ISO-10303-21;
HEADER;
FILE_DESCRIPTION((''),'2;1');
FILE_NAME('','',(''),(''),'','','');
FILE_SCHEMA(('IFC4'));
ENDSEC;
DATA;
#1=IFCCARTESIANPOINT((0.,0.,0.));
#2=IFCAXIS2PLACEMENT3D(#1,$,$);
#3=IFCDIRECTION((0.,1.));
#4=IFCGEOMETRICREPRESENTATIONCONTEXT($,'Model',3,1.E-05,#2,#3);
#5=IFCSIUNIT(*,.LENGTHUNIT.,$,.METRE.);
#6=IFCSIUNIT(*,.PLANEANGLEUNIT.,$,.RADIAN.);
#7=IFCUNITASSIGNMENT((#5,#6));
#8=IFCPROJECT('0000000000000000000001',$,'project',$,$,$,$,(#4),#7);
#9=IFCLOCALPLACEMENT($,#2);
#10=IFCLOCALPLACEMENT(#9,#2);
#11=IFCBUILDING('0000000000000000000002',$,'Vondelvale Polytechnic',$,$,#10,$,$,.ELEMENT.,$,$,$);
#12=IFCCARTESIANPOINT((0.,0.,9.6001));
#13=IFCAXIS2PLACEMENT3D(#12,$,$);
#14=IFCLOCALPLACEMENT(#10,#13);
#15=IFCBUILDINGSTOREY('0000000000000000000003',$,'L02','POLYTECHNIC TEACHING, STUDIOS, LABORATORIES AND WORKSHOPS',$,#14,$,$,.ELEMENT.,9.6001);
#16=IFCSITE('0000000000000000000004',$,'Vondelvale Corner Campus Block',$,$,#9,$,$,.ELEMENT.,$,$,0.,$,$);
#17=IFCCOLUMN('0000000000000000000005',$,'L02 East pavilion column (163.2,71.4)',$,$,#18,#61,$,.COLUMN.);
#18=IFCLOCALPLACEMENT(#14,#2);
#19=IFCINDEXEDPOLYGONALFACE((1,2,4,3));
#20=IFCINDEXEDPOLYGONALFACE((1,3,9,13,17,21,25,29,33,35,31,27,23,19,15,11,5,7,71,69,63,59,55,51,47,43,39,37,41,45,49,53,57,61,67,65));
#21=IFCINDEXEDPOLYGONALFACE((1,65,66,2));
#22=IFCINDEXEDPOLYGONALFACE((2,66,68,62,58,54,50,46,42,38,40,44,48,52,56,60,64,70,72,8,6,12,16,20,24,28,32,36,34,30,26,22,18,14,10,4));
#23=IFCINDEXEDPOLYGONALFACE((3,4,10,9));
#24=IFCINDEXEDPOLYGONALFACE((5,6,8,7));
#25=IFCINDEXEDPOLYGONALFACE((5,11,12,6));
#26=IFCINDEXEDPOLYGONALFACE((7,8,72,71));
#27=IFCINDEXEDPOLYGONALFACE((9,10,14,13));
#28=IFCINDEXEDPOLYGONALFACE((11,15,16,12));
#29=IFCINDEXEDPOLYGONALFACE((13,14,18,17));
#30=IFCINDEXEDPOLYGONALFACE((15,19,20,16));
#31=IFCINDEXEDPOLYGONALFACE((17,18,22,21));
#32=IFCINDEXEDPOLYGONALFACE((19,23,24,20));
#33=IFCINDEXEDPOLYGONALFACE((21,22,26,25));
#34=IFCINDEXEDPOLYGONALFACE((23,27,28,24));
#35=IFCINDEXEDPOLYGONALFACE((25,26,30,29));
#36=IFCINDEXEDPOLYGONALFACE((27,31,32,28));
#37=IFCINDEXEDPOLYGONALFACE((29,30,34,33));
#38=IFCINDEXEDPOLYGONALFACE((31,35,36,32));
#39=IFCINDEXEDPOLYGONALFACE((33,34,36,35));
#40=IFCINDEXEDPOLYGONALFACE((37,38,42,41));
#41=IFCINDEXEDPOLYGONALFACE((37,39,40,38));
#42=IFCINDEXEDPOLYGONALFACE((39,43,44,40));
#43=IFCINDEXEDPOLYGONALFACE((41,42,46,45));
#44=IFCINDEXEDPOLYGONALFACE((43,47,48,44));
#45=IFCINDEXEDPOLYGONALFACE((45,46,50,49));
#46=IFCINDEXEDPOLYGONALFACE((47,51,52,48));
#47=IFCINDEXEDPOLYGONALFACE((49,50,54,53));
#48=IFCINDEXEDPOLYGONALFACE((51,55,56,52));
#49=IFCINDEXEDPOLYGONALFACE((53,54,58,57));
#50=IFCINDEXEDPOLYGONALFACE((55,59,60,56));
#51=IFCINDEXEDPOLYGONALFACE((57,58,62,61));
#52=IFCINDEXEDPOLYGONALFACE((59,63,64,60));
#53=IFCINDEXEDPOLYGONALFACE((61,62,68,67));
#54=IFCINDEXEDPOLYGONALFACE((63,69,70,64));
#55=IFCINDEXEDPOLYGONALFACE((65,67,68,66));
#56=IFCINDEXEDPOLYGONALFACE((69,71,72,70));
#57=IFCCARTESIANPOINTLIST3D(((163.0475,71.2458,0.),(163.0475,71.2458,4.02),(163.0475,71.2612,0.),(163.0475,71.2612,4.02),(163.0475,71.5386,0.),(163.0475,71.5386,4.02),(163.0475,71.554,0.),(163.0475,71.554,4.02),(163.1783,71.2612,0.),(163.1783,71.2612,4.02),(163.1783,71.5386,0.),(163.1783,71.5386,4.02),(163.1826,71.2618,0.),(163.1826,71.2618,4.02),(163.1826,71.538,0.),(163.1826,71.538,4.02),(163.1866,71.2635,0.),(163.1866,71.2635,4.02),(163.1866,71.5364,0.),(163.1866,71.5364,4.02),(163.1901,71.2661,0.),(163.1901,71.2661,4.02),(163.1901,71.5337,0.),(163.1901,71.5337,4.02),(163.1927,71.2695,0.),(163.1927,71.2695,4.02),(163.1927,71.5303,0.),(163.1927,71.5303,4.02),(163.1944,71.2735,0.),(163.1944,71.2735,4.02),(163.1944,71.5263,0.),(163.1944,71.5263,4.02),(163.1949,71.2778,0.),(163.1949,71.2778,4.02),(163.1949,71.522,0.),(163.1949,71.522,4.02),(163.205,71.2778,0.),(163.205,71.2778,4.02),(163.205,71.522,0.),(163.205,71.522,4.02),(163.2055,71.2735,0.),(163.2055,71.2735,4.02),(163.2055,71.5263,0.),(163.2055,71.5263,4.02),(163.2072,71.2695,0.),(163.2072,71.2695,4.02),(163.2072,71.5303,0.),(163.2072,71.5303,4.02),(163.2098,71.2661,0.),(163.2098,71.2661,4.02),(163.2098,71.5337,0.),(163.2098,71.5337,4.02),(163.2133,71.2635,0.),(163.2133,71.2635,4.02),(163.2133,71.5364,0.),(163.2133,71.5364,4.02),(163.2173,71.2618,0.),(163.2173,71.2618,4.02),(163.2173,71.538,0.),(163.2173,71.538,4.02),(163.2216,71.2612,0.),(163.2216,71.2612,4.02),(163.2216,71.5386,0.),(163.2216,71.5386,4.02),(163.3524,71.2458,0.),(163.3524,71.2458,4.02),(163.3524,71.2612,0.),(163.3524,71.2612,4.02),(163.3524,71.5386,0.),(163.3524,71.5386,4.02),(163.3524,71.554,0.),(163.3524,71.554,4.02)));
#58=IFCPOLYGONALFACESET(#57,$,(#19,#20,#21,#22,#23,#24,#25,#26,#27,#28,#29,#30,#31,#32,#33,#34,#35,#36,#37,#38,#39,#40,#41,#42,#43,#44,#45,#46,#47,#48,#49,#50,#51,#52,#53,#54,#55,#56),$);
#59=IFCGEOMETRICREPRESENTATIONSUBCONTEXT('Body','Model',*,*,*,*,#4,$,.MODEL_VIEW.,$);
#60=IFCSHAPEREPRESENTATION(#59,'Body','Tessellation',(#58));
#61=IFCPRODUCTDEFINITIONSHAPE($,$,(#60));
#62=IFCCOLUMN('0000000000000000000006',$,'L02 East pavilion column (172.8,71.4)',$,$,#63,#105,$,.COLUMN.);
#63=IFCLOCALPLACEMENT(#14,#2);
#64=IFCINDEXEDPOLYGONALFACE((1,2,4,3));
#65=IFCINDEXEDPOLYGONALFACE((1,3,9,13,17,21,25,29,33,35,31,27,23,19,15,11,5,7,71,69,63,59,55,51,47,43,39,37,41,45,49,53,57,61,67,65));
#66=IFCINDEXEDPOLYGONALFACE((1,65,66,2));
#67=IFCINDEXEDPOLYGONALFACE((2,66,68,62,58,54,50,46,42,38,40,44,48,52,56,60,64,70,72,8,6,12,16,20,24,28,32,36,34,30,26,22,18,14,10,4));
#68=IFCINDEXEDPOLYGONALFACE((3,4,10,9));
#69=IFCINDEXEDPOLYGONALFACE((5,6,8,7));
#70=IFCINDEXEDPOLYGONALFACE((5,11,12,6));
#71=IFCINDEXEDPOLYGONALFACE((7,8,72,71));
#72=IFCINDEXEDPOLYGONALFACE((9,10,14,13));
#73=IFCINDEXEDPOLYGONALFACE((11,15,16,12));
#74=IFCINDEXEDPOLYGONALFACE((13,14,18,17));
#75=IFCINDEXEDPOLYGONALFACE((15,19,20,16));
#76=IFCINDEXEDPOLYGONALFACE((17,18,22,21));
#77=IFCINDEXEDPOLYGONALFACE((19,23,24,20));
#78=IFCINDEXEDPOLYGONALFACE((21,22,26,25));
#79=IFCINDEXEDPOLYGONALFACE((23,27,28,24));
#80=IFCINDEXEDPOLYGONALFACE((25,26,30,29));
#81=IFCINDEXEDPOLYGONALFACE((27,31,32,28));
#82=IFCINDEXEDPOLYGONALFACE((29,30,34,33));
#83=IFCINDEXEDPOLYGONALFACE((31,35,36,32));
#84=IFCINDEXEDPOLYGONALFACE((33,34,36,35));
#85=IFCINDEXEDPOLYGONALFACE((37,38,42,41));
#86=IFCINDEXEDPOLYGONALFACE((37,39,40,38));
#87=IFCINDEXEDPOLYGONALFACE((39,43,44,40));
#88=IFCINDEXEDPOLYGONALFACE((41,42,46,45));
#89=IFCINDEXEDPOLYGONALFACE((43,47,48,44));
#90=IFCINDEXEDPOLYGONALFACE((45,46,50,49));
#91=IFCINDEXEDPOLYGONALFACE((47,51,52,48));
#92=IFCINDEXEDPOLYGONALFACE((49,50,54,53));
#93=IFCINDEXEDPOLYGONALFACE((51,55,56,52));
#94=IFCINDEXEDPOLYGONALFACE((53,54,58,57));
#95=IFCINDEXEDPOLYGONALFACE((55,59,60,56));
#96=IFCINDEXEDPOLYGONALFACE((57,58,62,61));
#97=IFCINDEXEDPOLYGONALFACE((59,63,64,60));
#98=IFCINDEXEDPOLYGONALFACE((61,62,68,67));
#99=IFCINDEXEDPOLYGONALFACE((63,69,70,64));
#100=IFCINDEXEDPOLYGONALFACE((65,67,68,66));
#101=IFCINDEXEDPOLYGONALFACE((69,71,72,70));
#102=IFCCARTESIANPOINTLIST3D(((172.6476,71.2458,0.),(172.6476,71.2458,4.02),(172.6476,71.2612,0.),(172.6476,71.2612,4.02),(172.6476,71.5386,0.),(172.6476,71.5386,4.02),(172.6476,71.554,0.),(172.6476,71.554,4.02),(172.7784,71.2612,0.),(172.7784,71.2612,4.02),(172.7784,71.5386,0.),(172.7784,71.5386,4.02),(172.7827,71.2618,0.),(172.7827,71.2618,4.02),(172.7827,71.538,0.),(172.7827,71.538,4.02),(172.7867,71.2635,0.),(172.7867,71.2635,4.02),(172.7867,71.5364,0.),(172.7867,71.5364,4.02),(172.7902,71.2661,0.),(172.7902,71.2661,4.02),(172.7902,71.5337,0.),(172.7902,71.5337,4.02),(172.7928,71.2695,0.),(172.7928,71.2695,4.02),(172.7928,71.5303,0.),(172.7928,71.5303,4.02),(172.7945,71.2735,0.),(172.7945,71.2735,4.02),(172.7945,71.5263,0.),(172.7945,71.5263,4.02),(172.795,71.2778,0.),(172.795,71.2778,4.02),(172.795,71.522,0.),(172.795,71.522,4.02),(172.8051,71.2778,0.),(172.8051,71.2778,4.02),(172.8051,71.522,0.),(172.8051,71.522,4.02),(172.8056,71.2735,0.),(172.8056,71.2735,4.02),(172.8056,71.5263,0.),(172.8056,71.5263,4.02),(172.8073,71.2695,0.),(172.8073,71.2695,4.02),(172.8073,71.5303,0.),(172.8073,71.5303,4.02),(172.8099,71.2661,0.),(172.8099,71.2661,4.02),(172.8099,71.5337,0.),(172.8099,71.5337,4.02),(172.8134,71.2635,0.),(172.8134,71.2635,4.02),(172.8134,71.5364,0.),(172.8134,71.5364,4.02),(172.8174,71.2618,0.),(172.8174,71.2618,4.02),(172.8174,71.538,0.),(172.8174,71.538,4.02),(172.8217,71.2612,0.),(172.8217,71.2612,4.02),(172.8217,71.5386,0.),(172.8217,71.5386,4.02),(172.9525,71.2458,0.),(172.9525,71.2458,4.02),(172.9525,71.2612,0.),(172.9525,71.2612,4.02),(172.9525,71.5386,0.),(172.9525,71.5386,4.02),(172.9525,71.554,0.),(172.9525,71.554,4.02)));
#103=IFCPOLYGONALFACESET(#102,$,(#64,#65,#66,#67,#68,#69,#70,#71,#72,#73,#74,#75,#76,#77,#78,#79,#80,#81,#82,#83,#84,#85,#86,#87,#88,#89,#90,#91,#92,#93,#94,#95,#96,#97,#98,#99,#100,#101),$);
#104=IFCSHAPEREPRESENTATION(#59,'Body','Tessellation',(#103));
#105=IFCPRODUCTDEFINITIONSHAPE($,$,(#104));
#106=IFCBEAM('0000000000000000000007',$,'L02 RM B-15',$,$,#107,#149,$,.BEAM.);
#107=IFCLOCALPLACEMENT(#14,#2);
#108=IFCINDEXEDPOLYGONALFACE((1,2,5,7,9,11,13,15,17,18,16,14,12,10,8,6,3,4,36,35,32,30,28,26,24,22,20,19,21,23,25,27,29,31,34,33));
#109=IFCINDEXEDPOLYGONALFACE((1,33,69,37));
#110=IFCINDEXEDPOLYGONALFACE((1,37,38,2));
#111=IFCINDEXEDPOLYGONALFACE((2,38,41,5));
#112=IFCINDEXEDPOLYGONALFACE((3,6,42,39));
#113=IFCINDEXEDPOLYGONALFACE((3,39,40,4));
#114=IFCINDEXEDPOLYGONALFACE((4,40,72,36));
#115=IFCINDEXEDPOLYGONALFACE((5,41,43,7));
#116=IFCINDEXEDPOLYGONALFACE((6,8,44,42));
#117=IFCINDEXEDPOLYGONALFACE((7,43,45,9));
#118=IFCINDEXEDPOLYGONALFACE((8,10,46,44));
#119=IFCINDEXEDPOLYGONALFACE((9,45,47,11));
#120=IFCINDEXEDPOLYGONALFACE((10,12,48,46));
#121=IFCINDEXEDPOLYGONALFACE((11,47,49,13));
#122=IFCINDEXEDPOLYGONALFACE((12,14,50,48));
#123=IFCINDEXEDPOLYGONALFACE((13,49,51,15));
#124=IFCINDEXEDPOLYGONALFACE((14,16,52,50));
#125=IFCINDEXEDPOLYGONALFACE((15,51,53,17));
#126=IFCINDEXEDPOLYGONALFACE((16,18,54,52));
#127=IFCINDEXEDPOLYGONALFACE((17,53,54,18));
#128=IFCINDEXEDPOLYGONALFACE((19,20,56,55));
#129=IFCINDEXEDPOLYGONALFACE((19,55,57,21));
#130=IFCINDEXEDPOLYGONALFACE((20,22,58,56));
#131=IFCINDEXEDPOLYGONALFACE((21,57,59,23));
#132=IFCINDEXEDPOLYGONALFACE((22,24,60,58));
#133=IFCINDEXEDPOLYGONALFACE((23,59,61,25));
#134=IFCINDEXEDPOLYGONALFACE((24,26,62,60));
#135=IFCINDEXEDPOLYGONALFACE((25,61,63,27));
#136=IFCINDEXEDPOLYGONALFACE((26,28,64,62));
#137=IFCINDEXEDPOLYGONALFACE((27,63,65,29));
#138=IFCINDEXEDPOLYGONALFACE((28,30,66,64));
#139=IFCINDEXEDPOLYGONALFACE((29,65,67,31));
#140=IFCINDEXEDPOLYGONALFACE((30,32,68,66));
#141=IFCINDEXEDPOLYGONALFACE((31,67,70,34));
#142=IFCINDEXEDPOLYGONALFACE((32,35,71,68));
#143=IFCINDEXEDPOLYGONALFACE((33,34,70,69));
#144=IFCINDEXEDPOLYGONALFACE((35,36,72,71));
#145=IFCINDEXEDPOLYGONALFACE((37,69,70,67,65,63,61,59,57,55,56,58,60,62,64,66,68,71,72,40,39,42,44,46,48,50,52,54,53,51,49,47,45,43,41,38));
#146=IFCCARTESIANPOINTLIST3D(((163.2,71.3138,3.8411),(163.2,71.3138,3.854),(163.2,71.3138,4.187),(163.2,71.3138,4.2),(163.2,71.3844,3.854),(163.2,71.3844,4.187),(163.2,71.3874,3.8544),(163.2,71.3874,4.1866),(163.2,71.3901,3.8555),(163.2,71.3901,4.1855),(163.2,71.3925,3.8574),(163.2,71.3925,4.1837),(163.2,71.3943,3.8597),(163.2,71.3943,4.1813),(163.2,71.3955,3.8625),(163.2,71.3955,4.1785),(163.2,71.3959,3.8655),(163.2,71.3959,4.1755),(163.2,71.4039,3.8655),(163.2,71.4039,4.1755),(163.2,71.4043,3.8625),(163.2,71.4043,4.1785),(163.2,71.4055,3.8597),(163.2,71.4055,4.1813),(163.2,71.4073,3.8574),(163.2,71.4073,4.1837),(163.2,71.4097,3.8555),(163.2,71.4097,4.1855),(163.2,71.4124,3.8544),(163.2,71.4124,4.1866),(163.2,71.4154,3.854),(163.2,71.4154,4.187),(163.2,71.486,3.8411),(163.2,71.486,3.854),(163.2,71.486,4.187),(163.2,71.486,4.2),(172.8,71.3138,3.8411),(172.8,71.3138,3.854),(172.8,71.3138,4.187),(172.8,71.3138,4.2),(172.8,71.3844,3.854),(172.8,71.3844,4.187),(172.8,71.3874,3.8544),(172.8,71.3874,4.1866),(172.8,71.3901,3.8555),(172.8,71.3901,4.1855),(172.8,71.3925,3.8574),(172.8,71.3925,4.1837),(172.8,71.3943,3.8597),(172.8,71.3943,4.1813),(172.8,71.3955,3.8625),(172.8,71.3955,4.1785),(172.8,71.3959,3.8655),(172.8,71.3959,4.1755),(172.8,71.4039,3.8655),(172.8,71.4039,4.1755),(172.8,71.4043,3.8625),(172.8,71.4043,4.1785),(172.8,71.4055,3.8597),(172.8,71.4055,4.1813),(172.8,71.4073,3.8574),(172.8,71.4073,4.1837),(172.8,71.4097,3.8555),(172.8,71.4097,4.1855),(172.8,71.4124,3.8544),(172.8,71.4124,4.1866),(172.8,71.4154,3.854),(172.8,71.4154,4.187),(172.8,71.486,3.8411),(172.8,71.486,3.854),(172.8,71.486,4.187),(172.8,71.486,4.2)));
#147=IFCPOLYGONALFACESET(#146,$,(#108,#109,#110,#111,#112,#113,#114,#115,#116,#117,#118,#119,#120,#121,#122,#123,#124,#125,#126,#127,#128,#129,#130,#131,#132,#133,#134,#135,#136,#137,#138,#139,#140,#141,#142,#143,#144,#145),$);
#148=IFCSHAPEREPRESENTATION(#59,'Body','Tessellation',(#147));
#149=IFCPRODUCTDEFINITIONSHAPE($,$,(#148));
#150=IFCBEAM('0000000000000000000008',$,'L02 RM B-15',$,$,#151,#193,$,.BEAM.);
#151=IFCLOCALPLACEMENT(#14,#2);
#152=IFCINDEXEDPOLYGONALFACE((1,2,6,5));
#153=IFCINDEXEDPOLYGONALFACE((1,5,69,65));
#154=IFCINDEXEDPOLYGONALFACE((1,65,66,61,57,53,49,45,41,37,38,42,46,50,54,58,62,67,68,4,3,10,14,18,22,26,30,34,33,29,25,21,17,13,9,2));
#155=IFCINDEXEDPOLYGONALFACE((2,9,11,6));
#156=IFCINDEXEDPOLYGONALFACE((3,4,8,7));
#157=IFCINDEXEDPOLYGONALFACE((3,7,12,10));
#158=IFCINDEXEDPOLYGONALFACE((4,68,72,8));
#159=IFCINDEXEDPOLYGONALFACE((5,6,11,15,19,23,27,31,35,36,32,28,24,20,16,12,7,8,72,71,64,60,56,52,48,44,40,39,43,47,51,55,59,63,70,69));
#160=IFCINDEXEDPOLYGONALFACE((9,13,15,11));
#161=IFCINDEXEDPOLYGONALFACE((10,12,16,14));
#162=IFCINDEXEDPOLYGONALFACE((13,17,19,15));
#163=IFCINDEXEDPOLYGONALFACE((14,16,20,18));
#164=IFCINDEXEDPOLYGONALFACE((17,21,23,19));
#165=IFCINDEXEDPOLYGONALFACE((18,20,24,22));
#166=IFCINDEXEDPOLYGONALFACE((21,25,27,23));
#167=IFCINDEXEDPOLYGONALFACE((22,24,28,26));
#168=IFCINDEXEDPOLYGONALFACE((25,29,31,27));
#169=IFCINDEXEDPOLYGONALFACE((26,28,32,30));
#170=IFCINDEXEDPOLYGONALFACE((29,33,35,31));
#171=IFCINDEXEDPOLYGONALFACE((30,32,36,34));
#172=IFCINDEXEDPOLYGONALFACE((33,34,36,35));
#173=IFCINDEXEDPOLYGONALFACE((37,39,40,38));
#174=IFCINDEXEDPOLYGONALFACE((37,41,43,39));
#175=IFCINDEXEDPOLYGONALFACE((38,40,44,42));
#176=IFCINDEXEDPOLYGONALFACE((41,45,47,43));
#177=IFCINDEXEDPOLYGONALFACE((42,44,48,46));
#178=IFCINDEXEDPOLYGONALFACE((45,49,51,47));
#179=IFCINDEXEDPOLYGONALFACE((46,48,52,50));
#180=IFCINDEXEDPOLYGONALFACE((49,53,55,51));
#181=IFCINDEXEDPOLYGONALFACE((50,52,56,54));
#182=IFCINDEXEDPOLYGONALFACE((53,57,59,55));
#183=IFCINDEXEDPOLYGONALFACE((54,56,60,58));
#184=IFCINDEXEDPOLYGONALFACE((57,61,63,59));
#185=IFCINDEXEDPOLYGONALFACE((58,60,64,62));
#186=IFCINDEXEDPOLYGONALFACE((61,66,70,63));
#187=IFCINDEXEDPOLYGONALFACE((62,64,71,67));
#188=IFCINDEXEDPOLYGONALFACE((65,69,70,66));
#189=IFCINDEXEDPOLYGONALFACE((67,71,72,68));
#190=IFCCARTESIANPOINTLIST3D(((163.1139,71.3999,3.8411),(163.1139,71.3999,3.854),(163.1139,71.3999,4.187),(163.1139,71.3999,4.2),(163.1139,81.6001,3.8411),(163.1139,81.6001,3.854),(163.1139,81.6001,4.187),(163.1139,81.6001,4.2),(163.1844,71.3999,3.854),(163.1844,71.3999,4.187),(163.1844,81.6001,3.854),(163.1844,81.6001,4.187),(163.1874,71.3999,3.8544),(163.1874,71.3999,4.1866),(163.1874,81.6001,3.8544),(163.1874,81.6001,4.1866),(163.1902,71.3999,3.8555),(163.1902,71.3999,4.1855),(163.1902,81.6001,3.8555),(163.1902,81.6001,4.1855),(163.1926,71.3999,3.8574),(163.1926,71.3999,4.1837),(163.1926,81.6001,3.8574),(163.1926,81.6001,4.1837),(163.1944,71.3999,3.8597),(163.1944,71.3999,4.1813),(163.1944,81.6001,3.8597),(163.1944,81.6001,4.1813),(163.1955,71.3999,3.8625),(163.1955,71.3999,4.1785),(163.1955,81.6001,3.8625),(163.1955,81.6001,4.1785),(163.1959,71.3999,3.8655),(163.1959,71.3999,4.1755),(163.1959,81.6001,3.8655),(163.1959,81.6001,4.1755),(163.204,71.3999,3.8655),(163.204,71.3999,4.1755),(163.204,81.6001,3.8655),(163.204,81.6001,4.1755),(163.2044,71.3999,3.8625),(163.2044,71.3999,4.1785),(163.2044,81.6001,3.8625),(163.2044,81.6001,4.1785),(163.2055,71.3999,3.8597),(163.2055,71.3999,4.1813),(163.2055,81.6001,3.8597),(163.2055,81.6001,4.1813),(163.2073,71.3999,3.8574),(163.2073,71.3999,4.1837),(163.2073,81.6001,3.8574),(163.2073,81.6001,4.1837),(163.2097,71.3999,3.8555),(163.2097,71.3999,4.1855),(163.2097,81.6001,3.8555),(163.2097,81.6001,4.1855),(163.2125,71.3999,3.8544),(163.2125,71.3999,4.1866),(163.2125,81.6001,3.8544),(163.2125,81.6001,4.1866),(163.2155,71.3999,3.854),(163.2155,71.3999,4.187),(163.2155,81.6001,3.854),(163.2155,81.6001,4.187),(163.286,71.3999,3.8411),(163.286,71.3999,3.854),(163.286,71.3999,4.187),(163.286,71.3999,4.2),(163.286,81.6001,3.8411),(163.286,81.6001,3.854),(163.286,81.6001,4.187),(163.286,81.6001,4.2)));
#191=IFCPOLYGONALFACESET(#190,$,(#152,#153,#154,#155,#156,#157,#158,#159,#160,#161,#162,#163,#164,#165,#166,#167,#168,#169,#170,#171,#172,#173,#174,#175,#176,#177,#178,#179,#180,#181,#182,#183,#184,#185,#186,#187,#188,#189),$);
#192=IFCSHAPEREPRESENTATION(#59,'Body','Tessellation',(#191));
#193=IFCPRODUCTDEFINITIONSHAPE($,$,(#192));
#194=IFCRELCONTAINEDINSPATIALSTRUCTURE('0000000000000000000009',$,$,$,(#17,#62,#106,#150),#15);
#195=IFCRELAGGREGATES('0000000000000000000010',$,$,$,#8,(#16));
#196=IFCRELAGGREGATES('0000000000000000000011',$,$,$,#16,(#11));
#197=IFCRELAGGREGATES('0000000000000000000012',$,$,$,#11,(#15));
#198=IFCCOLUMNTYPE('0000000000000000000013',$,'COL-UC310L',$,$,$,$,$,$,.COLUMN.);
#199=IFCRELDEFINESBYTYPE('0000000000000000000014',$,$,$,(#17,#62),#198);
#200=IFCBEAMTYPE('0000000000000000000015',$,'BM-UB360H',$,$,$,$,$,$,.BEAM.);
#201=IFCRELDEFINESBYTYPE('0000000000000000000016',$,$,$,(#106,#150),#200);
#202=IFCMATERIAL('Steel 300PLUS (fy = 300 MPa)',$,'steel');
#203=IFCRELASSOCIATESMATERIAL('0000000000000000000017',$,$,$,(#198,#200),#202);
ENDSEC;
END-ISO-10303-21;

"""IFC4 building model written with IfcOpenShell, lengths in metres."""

from ifc_helpers import new_model, si_unit, direction, frame, origin, origin_2d, place, context, subcontext, project, spatial, i_section, extrude, material, material_profile, profile_set, type_object, element, save


model = new_model("IFC4")

# Units and contexts
model_context = context("Model", 3, precision=1e-05, world=origin(), true_north=direction((0.0, 1.0)))
body_context = subcontext(model_context, "Body", "Model", "MODEL_VIEW")
ifc_project = project(units=[si_unit("LENGTHUNIT", "METRE"), si_unit("PLANEANGLEUNIT", "RADIAN")], contexts=[model_context])

# Site, building, storey
site_placement = place(None, origin())
site = spatial("IfcSite", under=ifc_project, at=site_placement, Name="Vondelvale Corner Campus Block", CompositionType="ELEMENT", RefElevation=0.0)
building_placement = place(site_placement, origin())
building = spatial("IfcBuilding", under=site, at=building_placement, Name="Vondelvale Polytechnic", CompositionType="ELEMENT")
storey_placement = place(building_placement, frame((0.0, 0.0, 9.6001)))
storey = spatial("IfcBuildingStorey", under=building, at=storey_placement, Name="L02", Description="POLYTECHNIC TEACHING, STUDIOS, LABORATORIES AND WORKSHOPS", CompositionType="ELEMENT", Elevation=9.6001)

# Columns
ifc_material_1 = material(Name="Steel 300PLUS (fy = 300 MPa)", Category="steel")
ifc_material_profile_1 = material_profile(ifc_material_1, i_section(OverallWidth=0.3049, OverallDepth=0.3081, WebThickness=0.01, FlangeThickness=0.0154, FilletRadius=0.0166, at=origin_2d()), Name="310UC96.8")
ifc_profile_set_1 = profile_set([ifc_material_profile_1], Name="Steel 300PLUS (fy = 300 MPa)")
column_type = type_object("IfcColumnType", Name="COL-UC310L", PredefinedType="COLUMN", material=ifc_profile_set_1)
for number, where, z_axis, x_axis, name in (
    (1, (163.2, 71.3999, 0.0), (0.0, 0.0, 1.0), (1.0, 0.0, 0.0), "L02 East pavilion column (163.2,71.4)"),
    (2, (172.8, 71.3999, 0.0), (0.0, 0.0, 1.0), (1.0, 0.0, 0.0), "L02 East pavilion column (172.8,71.4)"),
):
    element("IfcColumn", number, at=place(storey_placement, frame(where, z_axis=z_axis, x_axis=x_axis)), inside=storey, type_object=column_type, Name=name, PredefinedType="COLUMN", context=body_context, shape_type="SweptSolid", body=[
        extrude(i_section(OverallWidth=0.3049, OverallDepth=0.3081, WebThickness=0.01, FlangeThickness=0.0154, FilletRadius=0.0166, at=origin_2d()), origin(), (0.0, 0.0, 1.0), 4.02),
    ])

# Beams
ifc_material_profile_2 = material_profile(ifc_material_1, i_section(OverallWidth=0.1721, OverallDepth=0.3589, WebThickness=0.0081, FlangeThickness=0.0129, FilletRadius=0.0115, at=origin_2d()), Name="360UB56.7")
ifc_profile_set_2 = profile_set([ifc_material_profile_2], Name="Steel 300PLUS (fy = 300 MPa)")
beam_type_1 = type_object("IfcBeamType", Name="BM-UB360H", PredefinedType="BEAM", material=ifc_profile_set_2)
beam_1_placement = place(storey_placement, frame((163.2, 71.3999, 4.0205), z_axis=(1.0, 0.0, 0.0), x_axis=(0.0, 1.0, 0.0)))
element("IfcBeam", 3, at=beam_1_placement, inside=storey, type_object=beam_type_1, Name="L02 RM B-15", PredefinedType="BEAM", context=body_context, shape_type="SweptSolid", body=[
    extrude(i_section(OverallWidth=0.1721, OverallDepth=0.3589, WebThickness=0.0081, FlangeThickness=0.0129, FilletRadius=0.0115, at=origin_2d()), origin(), (0.0, 0.0, 1.0), 9.6001),
])
for number, where, z_axis, x_axis, name in (
    (4, (163.2, 71.3999, 4.0205), (0.0, 1.0, 0.0), (-1.0, 0.0, 0.0), "L02 RM B-15"),
):
    element("IfcBeam", number, at=place(storey_placement, frame(where, z_axis=z_axis, x_axis=x_axis)), inside=storey, type_object=beam_type_1, Name=name, PredefinedType="BEAM", context=body_context, shape_type="SweptSolid", body=[
        extrude(i_section(OverallWidth=0.1721, OverallDepth=0.3589, WebThickness=0.0081, FlangeThickness=0.0129, FilletRadius=0.0115, at=origin_2d()), origin(), (0.0, 0.0, 1.0), 10.2002),
    ])

save(model, "model.ifc")
